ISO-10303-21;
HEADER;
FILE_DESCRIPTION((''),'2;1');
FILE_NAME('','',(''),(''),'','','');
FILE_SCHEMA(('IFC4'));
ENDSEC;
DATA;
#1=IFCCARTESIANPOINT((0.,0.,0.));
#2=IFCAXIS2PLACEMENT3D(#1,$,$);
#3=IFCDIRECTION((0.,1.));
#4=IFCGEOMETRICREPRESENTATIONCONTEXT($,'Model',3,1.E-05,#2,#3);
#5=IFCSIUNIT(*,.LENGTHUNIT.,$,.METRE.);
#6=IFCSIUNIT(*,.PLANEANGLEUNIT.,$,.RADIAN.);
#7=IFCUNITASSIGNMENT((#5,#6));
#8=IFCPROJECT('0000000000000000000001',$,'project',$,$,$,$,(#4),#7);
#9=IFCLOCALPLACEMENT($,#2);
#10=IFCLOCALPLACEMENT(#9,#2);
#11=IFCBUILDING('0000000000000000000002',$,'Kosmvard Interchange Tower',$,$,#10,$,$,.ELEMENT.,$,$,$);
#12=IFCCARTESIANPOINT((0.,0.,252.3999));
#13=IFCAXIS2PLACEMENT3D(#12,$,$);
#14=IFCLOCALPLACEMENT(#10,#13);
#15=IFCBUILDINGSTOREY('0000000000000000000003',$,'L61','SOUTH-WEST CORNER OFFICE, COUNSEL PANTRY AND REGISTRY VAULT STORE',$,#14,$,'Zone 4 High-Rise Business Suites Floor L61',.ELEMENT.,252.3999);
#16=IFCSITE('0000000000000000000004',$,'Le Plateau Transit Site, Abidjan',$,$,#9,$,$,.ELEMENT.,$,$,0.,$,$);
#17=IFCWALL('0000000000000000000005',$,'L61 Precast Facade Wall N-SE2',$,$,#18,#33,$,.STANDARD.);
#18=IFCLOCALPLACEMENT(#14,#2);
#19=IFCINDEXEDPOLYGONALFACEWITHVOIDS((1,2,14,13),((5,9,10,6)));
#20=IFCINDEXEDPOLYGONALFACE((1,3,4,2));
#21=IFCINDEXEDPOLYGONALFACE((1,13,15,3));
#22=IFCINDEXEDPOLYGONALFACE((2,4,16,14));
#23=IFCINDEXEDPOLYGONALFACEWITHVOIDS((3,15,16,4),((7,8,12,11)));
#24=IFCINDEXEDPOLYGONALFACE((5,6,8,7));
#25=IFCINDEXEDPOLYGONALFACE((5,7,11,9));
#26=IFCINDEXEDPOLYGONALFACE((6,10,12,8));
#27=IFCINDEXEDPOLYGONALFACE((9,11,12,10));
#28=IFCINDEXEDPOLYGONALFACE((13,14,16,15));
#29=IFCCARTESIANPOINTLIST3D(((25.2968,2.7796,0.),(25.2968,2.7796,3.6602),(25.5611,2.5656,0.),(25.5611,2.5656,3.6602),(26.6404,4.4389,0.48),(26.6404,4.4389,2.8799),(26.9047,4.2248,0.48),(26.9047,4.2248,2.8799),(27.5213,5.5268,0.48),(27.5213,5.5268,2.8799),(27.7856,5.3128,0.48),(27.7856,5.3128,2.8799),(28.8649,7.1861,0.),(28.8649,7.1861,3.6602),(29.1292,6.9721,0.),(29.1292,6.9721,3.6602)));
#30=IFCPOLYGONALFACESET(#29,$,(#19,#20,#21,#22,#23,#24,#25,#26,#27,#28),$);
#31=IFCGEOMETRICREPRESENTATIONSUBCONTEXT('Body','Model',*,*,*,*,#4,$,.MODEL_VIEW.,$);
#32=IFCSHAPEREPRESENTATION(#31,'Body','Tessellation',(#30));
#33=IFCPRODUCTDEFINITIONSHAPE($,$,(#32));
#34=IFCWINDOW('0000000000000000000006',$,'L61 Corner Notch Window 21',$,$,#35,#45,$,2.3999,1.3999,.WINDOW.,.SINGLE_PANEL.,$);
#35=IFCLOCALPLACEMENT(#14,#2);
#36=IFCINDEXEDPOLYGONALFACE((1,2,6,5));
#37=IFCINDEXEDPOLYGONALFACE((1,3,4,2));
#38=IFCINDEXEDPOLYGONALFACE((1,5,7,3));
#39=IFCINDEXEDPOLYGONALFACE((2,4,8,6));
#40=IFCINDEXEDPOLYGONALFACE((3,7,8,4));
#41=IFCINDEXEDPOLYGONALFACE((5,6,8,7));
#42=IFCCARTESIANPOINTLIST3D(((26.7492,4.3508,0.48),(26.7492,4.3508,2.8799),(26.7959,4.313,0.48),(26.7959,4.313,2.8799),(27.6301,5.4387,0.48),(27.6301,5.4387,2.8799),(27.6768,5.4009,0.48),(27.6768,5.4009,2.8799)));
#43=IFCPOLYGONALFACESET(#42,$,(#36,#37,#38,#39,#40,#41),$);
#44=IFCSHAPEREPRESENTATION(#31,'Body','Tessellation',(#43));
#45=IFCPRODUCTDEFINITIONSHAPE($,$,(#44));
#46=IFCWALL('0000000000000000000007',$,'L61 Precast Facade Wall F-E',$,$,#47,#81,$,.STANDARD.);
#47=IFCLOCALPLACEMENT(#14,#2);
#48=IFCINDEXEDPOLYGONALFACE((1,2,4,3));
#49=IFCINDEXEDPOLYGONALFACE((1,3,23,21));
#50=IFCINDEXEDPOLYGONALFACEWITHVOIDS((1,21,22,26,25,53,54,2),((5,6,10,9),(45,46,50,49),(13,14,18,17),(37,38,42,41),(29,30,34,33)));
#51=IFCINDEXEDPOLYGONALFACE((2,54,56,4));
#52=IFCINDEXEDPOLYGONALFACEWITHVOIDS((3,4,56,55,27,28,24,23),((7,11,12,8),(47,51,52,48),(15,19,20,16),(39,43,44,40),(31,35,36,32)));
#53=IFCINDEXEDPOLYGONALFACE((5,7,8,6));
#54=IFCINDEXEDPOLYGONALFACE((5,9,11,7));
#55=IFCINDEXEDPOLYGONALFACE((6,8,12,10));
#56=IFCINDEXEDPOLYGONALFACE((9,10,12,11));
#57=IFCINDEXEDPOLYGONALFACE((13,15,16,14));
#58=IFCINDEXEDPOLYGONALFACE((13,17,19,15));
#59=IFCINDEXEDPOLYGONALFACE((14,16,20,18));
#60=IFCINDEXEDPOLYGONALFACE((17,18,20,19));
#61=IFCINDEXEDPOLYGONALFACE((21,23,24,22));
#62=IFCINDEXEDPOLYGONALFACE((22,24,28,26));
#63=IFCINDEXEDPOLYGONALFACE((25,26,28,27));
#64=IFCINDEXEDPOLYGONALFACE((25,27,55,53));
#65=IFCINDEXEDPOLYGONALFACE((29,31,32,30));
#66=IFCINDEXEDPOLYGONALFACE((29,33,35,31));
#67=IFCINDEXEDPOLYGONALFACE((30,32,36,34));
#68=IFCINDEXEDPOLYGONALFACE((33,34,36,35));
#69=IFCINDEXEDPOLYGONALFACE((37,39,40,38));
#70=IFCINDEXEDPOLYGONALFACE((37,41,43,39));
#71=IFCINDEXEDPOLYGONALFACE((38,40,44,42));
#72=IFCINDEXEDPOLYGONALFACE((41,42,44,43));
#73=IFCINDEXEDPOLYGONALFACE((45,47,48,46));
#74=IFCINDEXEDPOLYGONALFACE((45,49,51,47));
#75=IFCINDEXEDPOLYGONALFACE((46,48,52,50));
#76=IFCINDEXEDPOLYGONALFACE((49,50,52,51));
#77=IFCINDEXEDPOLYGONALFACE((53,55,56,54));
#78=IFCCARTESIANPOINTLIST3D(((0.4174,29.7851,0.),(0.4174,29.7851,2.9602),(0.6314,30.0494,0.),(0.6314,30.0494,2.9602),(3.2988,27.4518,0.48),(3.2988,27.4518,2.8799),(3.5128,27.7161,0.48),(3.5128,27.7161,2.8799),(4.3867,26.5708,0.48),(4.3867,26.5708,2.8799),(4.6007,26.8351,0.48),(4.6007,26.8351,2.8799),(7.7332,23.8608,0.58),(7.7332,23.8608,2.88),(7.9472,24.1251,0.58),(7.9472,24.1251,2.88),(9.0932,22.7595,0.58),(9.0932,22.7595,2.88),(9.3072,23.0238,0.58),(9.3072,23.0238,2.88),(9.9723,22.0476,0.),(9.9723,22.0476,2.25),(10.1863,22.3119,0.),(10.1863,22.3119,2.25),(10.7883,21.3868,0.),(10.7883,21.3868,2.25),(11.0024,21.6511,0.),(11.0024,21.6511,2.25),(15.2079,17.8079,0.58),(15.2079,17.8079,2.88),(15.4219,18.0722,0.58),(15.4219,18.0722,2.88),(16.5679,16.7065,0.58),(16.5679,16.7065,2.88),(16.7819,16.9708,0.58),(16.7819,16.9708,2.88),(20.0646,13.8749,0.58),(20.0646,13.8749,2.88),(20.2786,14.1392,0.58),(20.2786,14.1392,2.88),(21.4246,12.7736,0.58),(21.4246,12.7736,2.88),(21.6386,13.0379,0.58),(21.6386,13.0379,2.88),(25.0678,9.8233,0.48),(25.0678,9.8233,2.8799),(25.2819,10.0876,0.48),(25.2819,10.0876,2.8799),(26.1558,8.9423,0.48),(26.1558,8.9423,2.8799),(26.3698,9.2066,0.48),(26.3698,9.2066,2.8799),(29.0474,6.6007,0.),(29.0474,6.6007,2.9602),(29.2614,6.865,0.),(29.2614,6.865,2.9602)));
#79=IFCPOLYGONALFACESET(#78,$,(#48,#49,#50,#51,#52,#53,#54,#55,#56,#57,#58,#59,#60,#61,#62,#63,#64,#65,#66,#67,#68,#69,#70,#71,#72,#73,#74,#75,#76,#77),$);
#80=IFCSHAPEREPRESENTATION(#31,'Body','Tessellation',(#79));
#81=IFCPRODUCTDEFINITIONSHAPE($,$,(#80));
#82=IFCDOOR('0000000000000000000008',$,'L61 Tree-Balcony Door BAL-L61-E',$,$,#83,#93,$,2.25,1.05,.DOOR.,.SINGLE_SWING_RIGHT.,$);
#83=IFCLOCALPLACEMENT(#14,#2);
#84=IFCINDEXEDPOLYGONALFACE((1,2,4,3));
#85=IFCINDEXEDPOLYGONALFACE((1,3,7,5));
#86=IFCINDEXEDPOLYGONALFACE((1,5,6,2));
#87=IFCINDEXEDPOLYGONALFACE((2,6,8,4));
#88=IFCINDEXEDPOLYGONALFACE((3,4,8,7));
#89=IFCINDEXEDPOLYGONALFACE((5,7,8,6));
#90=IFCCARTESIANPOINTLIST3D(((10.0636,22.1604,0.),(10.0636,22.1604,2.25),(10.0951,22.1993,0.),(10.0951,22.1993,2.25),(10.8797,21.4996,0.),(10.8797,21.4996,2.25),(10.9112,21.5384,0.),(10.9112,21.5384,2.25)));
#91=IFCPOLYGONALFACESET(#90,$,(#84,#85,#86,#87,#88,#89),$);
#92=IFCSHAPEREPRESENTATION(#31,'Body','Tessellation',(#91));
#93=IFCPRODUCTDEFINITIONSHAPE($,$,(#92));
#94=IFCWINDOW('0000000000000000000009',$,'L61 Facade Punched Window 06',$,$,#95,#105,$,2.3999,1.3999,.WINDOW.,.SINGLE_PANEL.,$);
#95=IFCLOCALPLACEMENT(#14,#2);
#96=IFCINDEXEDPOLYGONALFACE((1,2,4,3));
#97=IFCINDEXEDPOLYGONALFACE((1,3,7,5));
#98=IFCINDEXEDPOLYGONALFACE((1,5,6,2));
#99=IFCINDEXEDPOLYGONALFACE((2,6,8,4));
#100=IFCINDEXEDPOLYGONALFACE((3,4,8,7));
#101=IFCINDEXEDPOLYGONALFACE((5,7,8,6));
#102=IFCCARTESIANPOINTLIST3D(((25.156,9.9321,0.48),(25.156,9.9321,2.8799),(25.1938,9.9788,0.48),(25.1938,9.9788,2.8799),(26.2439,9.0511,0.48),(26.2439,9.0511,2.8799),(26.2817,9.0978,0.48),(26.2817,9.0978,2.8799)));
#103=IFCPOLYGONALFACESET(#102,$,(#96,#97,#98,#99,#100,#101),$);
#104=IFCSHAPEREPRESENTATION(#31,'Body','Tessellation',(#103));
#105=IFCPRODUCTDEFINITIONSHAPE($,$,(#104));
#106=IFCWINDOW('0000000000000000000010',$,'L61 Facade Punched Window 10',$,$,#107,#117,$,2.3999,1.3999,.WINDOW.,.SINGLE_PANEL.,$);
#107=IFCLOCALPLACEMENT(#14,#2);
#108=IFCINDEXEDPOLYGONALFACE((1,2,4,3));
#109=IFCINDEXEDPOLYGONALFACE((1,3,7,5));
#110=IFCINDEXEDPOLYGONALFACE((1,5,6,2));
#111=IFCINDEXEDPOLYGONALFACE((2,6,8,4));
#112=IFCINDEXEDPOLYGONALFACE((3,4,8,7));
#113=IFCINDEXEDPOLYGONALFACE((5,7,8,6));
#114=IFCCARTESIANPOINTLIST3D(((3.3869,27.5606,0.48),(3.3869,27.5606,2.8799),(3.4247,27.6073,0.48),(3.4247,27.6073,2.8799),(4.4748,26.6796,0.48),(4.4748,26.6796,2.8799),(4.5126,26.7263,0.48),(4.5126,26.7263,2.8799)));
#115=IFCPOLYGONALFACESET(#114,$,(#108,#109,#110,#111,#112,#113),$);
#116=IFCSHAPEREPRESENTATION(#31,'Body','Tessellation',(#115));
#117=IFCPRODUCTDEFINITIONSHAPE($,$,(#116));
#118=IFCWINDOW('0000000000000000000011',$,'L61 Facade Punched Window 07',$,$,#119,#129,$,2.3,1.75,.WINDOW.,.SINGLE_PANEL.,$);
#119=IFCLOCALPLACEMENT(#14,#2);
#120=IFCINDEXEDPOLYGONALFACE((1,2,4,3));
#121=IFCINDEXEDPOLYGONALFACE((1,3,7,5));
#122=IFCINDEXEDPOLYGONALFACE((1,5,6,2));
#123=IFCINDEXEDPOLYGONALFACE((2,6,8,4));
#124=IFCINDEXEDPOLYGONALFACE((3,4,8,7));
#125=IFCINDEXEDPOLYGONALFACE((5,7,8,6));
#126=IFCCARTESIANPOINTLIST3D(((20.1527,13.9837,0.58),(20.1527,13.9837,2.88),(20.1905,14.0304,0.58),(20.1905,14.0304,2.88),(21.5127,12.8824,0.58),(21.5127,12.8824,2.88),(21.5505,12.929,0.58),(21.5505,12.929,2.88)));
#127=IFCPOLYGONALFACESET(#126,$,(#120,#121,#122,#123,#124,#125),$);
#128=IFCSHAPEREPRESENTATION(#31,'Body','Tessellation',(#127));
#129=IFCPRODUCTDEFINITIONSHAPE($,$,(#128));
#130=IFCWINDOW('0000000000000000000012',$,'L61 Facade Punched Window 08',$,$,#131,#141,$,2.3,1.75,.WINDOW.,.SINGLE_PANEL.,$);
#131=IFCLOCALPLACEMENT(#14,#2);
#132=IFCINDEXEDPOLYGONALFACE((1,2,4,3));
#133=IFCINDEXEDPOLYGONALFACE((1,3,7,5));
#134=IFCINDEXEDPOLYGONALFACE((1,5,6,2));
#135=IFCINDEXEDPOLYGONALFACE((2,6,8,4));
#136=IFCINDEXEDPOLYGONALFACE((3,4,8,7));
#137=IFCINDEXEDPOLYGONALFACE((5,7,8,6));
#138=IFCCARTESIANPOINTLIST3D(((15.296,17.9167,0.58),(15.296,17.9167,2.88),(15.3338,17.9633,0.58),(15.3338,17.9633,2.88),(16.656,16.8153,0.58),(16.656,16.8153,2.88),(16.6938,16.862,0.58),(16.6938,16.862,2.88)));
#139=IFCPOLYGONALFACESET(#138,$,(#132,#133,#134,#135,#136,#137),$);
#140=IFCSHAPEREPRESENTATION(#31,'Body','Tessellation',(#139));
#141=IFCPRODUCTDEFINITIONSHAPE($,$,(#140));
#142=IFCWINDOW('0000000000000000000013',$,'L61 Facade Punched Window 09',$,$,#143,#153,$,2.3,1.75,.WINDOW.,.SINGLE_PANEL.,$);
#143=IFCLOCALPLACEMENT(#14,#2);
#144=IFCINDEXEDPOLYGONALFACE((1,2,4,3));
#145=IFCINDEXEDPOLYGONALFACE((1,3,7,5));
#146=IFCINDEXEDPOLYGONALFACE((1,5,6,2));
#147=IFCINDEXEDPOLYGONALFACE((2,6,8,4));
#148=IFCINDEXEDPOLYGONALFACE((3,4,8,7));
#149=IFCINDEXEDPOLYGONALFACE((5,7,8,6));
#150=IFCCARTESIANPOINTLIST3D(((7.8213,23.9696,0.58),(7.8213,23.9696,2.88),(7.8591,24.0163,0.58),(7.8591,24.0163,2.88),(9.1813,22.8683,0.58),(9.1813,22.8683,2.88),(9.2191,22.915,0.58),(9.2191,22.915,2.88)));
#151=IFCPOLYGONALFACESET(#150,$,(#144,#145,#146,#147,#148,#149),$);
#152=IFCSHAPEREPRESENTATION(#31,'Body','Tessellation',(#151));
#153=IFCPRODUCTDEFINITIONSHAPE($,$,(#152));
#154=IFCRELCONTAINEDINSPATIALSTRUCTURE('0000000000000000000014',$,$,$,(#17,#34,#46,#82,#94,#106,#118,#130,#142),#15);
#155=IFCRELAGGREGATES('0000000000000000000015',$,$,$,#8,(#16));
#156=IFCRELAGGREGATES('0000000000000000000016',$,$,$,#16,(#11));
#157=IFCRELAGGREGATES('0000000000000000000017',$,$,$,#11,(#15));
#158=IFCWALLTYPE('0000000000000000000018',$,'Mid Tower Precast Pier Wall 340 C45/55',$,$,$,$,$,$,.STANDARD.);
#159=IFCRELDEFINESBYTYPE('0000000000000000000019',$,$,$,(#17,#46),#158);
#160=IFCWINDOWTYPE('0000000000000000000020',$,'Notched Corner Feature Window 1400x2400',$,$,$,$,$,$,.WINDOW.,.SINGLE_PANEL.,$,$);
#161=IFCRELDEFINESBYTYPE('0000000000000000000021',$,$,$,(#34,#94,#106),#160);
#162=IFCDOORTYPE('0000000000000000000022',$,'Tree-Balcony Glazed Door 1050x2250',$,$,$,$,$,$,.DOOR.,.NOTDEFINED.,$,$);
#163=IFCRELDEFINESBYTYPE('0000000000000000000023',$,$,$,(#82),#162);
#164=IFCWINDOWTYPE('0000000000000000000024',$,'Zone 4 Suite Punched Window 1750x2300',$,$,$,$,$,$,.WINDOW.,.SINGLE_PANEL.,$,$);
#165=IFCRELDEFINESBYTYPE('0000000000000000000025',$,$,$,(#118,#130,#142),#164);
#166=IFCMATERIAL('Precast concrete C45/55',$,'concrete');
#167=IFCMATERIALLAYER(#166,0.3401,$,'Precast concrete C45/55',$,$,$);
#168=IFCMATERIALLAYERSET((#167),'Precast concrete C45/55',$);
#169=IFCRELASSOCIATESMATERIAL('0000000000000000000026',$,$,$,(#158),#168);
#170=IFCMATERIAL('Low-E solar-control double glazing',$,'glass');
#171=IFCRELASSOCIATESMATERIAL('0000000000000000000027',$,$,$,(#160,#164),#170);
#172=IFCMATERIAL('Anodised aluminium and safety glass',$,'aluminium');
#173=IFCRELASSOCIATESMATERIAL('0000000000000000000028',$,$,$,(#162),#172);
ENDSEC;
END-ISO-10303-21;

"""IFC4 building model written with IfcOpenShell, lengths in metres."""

from ifc_helpers import new_model, si_unit, direction, frame, frame_2d, origin, place, context, subcontext, project, spatial, rectangle, extrude, source, transform, mapped, material, layer, layer_set, type_object, element, fill, save


model = new_model("IFC4")

# Units and contexts
model_context = context("Model", 3, precision=1e-05, world=origin(), true_north=direction((0.0, 1.0)))
body_context = subcontext(model_context, "Body", "Model", "MODEL_VIEW")
ifc_project = project(units=[si_unit("LENGTHUNIT", "METRE"), si_unit("PLANEANGLEUNIT", "RADIAN")], contexts=[model_context])

# Site, building, storey
site_placement = place(None, origin())
site = spatial("IfcSite", under=ifc_project, at=site_placement, Name="Le Plateau Transit Site, Abidjan", CompositionType="ELEMENT", RefElevation=0.0)
building_placement = place(site_placement, origin())
building = spatial("IfcBuilding", under=site, at=building_placement, Name="Kosmvard Interchange Tower", CompositionType="ELEMENT")
storey_placement = place(building_placement, frame((0.0, 0.0, 252.3999)))
storey = spatial("IfcBuildingStorey", under=building, at=storey_placement, Name="L61", Description="SOUTH-WEST CORNER OFFICE, COUNSEL PANTRY AND REGISTRY VAULT STORE", LongName="Zone 4 High-Rise Business Suites Floor L61", CompositionType="ELEMENT", Elevation=252.3999)

# Wall, opening, window
ifc_material_1 = material(Name="Precast concrete C45/55", Category="concrete")
ifc_layer_1 = layer(ifc_material_1, 0.3401, Name="Precast concrete C45/55")
ifc_layer_set_1 = layer_set([ifc_layer_1], Name="Precast concrete C45/55")
wall_type_1 = type_object("IfcWallType", Name="Mid Tower Precast Pier Wall 340 C45/55", PredefinedType="STANDARD", material=ifc_layer_set_1)
wall_1_placement = place(storey_placement, frame((25.429, 2.6726, 0.0), z_axis=(0.0, 0.0, 1.0), x_axis=(0.6293, 0.777163, 0.0)))
wall_1 = element("IfcWall", 1, at=wall_1_placement, inside=storey, type_object=wall_type_1, Name="L61 Precast Facade Wall N-SE2", PredefinedType="STANDARD", context=body_context, shape_type="SweptSolid", body=[
    extrude(rectangle(XDim=5.6699, YDim=0.3401, at=frame_2d((2.835, 0.0))), origin(), (0.0, 0.0, 1.0), 3.6602),
])
opening_1_placement = place(wall_1_placement, frame((2.135, 0.0, 0.48)))
opening_1 = element("IfcOpeningElement", 2, at=opening_1_placement, cuts=wall_1, PredefinedType="OPENING", context=body_context, shape_type="SweptSolid", body=[
    extrude(rectangle(XDim=1.3999, YDim=2.3999, at=frame_2d((0.7, 1.2))), frame((0.0, 0.1802, 0.0), z_axis=(0.0, -1.0, 0.0), x_axis=(1.0, 0.0, 0.0)), (0.0, 0.0, 1.0), 0.3601),
])
ifc_material_2 = material(Name="Low-E solar-control double glazing", Category="glass")
window_type_1 = type_object("IfcWindowType", Name="Notched Corner Feature Window 1400x2400", PartitioningType="SINGLE_PANEL", PredefinedType="WINDOW", material=ifc_material_2)
shared_shape_1 = source(origin(), body_context, "Body", "SweptSolid", [
    extrude(rectangle(XDim=1.3999, YDim=2.3999, at=frame_2d((0.7, 1.2))), frame((0.0, 0.03, 0.0), z_axis=(0.0, -1.0, 0.0), x_axis=(1.0, 0.0, 0.0)), (0.0, 0.0, 1.0), 0.0601),
])
window_1_placement = place(opening_1_placement, origin())
window_1 = element("IfcWindow", 3, at=window_1_placement, inside=storey, type_object=window_type_1, Name="L61 Corner Notch Window 21", OverallHeight=2.3999, OverallWidth=1.3999, PartitioningType="SINGLE_PANEL", PredefinedType="WINDOW", context=body_context, shape_type="MappedRepresentation", body=[
    mapped(shared_shape_1, transform((0.0, 0.0, 0.0), scale=1.0)),
])
fill(opening_1, window_1)

# Wall, openings, door, windows
wall_2_placement = place(storey_placement, frame((29.1543, 6.7329, 0.0), z_axis=(0.0, 0.0, 1.0), x_axis=(-0.777142, 0.629325, 0.0)))
wall_2 = element("IfcWall", 4, at=wall_2_placement, inside=storey, type_object=wall_type_1, Name="L61 Precast Facade Wall F-E", PredefinedType="STANDARD", context=body_context, shape_type="SweptSolid", body=[
    extrude(rectangle(XDim=36.8401, YDim=0.3401, at=frame_2d((18.4199, 0.0))), origin(), (0.0, 0.0, 1.0), 2.9602),
])
opening_2_placement = place(wall_2_placement, frame((23.4951, 0.0, 0.0)))
opening_2 = element("IfcOpeningElement", 5, at=opening_2_placement, cuts=wall_2, PredefinedType="OPENING", context=body_context, shape_type="SweptSolid", body=[
    extrude(rectangle(XDim=1.05, YDim=2.25, at=frame_2d((0.5249, 1.125))), frame((0.0, 0.1802, 0.0), z_axis=(0.0, -1.0, 0.0), x_axis=(1.0, 0.0, 0.0)), (0.0, 0.0, 1.0), 0.3601),
])
opening_3_placement = place(wall_2_placement, frame((3.7207, 0.0, 0.48)))
opening_3 = element("IfcOpeningElement", 6, at=opening_3_placement, cuts=wall_2, PredefinedType="OPENING", context=body_context, shape_type="SweptSolid", body=[
    extrude(rectangle(XDim=1.3999, YDim=2.3999, at=frame_2d((0.7, 1.2))), frame((0.0, 0.1802, 0.0), z_axis=(0.0, -1.0, 0.0), x_axis=(1.0, 0.0, 0.0)), (0.0, 0.0, 1.0), 0.3601),
])
opening_4_placement = place(wall_2_placement, frame((9.8086, 0.0, 0.5801)))
opening_4 = element("IfcOpeningElement", 7, at=opening_4_placement, cuts=wall_2, PredefinedType="OPENING", context=body_context, shape_type="SweptSolid", body=[
    extrude(rectangle(XDim=1.75, YDim=2.3, at=frame_2d((0.875, 1.1499))), frame((0.0, 0.1802, 0.0), z_axis=(0.0, -1.0, 0.0), x_axis=(1.0, 0.0, 0.0)), (0.0, 0.0, 1.0), 0.3601),
])
opening_5_placement = place(wall_2_placement, frame((16.0581, 0.0, 0.5801)))
opening_5 = element("IfcOpeningElement", 8, at=opening_5_placement, cuts=wall_2, PredefinedType="OPENING", context=body_context, shape_type="SweptSolid", body=[
    extrude(rectangle(XDim=1.75, YDim=2.3, at=frame_2d((0.875, 1.1499))), frame((0.0, 0.1802, 0.0), z_axis=(0.0, -1.0, 0.0), x_axis=(1.0, 0.0, 0.0)), (0.0, 0.0, 1.0), 0.3601),
])
opening_6_placement = place(wall_2_placement, frame((25.6763, 0.0, 0.5801)))
opening_6 = element("IfcOpeningElement", 9, at=opening_6_placement, cuts=wall_2, PredefinedType="OPENING", context=body_context, shape_type="SweptSolid", body=[
    extrude(rectangle(XDim=1.75, YDim=2.3, at=frame_2d((0.875, 1.1499))), frame((0.0, 0.1802, 0.0), z_axis=(0.0, -1.0, 0.0), x_axis=(1.0, 0.0, 0.0)), (0.0, 0.0, 1.0), 0.3601),
])
opening_7_placement = place(wall_2_placement, frame((31.7324, 0.0, 0.48)))
opening_7 = element("IfcOpeningElement", 10, at=opening_7_placement, cuts=wall_2, PredefinedType="OPENING", context=body_context, shape_type="SweptSolid", body=[
    extrude(rectangle(XDim=1.3999, YDim=2.3999, at=frame_2d((0.7, 1.2))), frame((0.0, 0.1802, 0.0), z_axis=(0.0, -1.0, 0.0), x_axis=(1.0, 0.0, 0.0)), (0.0, 0.0, 1.0), 0.3601),
])
ifc_material_3 = material(Name="Anodised aluminium and safety glass", Category="aluminium")
door_type = type_object("IfcDoorType", Name="Tree-Balcony Glazed Door 1050x2250", OperationType="NOTDEFINED", PredefinedType="DOOR", material=ifc_material_3)
shared_shape_2 = source(origin(), body_context, "Body", "SweptSolid", [
    extrude(rectangle(XDim=1.05, YDim=2.25, at=frame_2d((0.5249, 1.125))), frame((0.0, 0.0249, 0.0), z_axis=(0.0, -1.0, 0.0), x_axis=(1.0, 0.0, 0.0)), (0.0, 0.0, 1.0), 0.05),
])
door_placement = place(opening_2_placement, origin())
door = element("IfcDoor", 11, at=door_placement, inside=storey, type_object=door_type, Name="L61 Tree-Balcony Door BAL-L61-E", OperationType="SINGLE_SWING_RIGHT", OverallHeight=2.25, OverallWidth=1.05, PredefinedType="DOOR", context=body_context, shape_type="MappedRepresentation", body=[
    mapped(shared_shape_2, transform((0.0, 0.0, 0.0), scale=1.0)),
])
fill(opening_2, door)
window_2_placement = place(opening_3_placement, origin())
window_2 = element("IfcWindow", 12, at=window_2_placement, inside=storey, type_object=window_type_1, Name="L61 Facade Punched Window 06", OverallHeight=2.3999, OverallWidth=1.3999, PartitioningType="SINGLE_PANEL", PredefinedType="WINDOW", context=body_context, shape_type="MappedRepresentation", body=[
    mapped(shared_shape_1, transform((0.0, 0.0, 0.0), scale=1.0)),
])
fill(opening_3, window_2)
window_3_placement = place(opening_7_placement, origin())
window_3 = element("IfcWindow", 13, at=window_3_placement, inside=storey, type_object=window_type_1, Name="L61 Facade Punched Window 10", OverallHeight=2.3999, OverallWidth=1.3999, PartitioningType="SINGLE_PANEL", PredefinedType="WINDOW", context=body_context, shape_type="MappedRepresentation", body=[
    mapped(shared_shape_1, transform((0.0, 0.0, 0.0), scale=1.0)),
])
fill(opening_7, window_3)
window_type_2 = type_object("IfcWindowType", Name="Zone 4 Suite Punched Window 1750x2300", PartitioningType="SINGLE_PANEL", PredefinedType="WINDOW", material=ifc_material_2)
shared_shape_3 = source(origin(), body_context, "Body", "SweptSolid", [
    extrude(rectangle(XDim=1.75, YDim=2.3, at=frame_2d((0.875, 1.1499))), frame((0.0, 0.03, 0.0), z_axis=(0.0, -1.0, 0.0), x_axis=(1.0, 0.0, 0.0)), (0.0, 0.0, 1.0), 0.0601),
])
window_4_placement = place(opening_4_placement, origin())
window_4 = element("IfcWindow", 14, at=window_4_placement, inside=storey, type_object=window_type_2, Name="L61 Facade Punched Window 07", OverallHeight=2.3, OverallWidth=1.75, PartitioningType="SINGLE_PANEL", PredefinedType="WINDOW", context=body_context, shape_type="MappedRepresentation", body=[
    mapped(shared_shape_3, transform((0.0, 0.0, 0.0), scale=1.0)),
])
fill(opening_4, window_4)
window_5_placement = place(opening_5_placement, origin())
window_5 = element("IfcWindow", 15, at=window_5_placement, inside=storey, type_object=window_type_2, Name="L61 Facade Punched Window 08", OverallHeight=2.3, OverallWidth=1.75, PartitioningType="SINGLE_PANEL", PredefinedType="WINDOW", context=body_context, shape_type="MappedRepresentation", body=[
    mapped(shared_shape_3, transform((0.0, 0.0, 0.0), scale=1.0)),
])
fill(opening_5, window_5)
window_6_placement = place(opening_6_placement, origin())
window_6 = element("IfcWindow", 16, at=window_6_placement, inside=storey, type_object=window_type_2, Name="L61 Facade Punched Window 09", OverallHeight=2.3, OverallWidth=1.75, PartitioningType="SINGLE_PANEL", PredefinedType="WINDOW", context=body_context, shape_type="MappedRepresentation", body=[
    mapped(shared_shape_3, transform((0.0, 0.0, 0.0), scale=1.0)),
])
fill(opening_6, window_6)

save(model, "model.ifc")
